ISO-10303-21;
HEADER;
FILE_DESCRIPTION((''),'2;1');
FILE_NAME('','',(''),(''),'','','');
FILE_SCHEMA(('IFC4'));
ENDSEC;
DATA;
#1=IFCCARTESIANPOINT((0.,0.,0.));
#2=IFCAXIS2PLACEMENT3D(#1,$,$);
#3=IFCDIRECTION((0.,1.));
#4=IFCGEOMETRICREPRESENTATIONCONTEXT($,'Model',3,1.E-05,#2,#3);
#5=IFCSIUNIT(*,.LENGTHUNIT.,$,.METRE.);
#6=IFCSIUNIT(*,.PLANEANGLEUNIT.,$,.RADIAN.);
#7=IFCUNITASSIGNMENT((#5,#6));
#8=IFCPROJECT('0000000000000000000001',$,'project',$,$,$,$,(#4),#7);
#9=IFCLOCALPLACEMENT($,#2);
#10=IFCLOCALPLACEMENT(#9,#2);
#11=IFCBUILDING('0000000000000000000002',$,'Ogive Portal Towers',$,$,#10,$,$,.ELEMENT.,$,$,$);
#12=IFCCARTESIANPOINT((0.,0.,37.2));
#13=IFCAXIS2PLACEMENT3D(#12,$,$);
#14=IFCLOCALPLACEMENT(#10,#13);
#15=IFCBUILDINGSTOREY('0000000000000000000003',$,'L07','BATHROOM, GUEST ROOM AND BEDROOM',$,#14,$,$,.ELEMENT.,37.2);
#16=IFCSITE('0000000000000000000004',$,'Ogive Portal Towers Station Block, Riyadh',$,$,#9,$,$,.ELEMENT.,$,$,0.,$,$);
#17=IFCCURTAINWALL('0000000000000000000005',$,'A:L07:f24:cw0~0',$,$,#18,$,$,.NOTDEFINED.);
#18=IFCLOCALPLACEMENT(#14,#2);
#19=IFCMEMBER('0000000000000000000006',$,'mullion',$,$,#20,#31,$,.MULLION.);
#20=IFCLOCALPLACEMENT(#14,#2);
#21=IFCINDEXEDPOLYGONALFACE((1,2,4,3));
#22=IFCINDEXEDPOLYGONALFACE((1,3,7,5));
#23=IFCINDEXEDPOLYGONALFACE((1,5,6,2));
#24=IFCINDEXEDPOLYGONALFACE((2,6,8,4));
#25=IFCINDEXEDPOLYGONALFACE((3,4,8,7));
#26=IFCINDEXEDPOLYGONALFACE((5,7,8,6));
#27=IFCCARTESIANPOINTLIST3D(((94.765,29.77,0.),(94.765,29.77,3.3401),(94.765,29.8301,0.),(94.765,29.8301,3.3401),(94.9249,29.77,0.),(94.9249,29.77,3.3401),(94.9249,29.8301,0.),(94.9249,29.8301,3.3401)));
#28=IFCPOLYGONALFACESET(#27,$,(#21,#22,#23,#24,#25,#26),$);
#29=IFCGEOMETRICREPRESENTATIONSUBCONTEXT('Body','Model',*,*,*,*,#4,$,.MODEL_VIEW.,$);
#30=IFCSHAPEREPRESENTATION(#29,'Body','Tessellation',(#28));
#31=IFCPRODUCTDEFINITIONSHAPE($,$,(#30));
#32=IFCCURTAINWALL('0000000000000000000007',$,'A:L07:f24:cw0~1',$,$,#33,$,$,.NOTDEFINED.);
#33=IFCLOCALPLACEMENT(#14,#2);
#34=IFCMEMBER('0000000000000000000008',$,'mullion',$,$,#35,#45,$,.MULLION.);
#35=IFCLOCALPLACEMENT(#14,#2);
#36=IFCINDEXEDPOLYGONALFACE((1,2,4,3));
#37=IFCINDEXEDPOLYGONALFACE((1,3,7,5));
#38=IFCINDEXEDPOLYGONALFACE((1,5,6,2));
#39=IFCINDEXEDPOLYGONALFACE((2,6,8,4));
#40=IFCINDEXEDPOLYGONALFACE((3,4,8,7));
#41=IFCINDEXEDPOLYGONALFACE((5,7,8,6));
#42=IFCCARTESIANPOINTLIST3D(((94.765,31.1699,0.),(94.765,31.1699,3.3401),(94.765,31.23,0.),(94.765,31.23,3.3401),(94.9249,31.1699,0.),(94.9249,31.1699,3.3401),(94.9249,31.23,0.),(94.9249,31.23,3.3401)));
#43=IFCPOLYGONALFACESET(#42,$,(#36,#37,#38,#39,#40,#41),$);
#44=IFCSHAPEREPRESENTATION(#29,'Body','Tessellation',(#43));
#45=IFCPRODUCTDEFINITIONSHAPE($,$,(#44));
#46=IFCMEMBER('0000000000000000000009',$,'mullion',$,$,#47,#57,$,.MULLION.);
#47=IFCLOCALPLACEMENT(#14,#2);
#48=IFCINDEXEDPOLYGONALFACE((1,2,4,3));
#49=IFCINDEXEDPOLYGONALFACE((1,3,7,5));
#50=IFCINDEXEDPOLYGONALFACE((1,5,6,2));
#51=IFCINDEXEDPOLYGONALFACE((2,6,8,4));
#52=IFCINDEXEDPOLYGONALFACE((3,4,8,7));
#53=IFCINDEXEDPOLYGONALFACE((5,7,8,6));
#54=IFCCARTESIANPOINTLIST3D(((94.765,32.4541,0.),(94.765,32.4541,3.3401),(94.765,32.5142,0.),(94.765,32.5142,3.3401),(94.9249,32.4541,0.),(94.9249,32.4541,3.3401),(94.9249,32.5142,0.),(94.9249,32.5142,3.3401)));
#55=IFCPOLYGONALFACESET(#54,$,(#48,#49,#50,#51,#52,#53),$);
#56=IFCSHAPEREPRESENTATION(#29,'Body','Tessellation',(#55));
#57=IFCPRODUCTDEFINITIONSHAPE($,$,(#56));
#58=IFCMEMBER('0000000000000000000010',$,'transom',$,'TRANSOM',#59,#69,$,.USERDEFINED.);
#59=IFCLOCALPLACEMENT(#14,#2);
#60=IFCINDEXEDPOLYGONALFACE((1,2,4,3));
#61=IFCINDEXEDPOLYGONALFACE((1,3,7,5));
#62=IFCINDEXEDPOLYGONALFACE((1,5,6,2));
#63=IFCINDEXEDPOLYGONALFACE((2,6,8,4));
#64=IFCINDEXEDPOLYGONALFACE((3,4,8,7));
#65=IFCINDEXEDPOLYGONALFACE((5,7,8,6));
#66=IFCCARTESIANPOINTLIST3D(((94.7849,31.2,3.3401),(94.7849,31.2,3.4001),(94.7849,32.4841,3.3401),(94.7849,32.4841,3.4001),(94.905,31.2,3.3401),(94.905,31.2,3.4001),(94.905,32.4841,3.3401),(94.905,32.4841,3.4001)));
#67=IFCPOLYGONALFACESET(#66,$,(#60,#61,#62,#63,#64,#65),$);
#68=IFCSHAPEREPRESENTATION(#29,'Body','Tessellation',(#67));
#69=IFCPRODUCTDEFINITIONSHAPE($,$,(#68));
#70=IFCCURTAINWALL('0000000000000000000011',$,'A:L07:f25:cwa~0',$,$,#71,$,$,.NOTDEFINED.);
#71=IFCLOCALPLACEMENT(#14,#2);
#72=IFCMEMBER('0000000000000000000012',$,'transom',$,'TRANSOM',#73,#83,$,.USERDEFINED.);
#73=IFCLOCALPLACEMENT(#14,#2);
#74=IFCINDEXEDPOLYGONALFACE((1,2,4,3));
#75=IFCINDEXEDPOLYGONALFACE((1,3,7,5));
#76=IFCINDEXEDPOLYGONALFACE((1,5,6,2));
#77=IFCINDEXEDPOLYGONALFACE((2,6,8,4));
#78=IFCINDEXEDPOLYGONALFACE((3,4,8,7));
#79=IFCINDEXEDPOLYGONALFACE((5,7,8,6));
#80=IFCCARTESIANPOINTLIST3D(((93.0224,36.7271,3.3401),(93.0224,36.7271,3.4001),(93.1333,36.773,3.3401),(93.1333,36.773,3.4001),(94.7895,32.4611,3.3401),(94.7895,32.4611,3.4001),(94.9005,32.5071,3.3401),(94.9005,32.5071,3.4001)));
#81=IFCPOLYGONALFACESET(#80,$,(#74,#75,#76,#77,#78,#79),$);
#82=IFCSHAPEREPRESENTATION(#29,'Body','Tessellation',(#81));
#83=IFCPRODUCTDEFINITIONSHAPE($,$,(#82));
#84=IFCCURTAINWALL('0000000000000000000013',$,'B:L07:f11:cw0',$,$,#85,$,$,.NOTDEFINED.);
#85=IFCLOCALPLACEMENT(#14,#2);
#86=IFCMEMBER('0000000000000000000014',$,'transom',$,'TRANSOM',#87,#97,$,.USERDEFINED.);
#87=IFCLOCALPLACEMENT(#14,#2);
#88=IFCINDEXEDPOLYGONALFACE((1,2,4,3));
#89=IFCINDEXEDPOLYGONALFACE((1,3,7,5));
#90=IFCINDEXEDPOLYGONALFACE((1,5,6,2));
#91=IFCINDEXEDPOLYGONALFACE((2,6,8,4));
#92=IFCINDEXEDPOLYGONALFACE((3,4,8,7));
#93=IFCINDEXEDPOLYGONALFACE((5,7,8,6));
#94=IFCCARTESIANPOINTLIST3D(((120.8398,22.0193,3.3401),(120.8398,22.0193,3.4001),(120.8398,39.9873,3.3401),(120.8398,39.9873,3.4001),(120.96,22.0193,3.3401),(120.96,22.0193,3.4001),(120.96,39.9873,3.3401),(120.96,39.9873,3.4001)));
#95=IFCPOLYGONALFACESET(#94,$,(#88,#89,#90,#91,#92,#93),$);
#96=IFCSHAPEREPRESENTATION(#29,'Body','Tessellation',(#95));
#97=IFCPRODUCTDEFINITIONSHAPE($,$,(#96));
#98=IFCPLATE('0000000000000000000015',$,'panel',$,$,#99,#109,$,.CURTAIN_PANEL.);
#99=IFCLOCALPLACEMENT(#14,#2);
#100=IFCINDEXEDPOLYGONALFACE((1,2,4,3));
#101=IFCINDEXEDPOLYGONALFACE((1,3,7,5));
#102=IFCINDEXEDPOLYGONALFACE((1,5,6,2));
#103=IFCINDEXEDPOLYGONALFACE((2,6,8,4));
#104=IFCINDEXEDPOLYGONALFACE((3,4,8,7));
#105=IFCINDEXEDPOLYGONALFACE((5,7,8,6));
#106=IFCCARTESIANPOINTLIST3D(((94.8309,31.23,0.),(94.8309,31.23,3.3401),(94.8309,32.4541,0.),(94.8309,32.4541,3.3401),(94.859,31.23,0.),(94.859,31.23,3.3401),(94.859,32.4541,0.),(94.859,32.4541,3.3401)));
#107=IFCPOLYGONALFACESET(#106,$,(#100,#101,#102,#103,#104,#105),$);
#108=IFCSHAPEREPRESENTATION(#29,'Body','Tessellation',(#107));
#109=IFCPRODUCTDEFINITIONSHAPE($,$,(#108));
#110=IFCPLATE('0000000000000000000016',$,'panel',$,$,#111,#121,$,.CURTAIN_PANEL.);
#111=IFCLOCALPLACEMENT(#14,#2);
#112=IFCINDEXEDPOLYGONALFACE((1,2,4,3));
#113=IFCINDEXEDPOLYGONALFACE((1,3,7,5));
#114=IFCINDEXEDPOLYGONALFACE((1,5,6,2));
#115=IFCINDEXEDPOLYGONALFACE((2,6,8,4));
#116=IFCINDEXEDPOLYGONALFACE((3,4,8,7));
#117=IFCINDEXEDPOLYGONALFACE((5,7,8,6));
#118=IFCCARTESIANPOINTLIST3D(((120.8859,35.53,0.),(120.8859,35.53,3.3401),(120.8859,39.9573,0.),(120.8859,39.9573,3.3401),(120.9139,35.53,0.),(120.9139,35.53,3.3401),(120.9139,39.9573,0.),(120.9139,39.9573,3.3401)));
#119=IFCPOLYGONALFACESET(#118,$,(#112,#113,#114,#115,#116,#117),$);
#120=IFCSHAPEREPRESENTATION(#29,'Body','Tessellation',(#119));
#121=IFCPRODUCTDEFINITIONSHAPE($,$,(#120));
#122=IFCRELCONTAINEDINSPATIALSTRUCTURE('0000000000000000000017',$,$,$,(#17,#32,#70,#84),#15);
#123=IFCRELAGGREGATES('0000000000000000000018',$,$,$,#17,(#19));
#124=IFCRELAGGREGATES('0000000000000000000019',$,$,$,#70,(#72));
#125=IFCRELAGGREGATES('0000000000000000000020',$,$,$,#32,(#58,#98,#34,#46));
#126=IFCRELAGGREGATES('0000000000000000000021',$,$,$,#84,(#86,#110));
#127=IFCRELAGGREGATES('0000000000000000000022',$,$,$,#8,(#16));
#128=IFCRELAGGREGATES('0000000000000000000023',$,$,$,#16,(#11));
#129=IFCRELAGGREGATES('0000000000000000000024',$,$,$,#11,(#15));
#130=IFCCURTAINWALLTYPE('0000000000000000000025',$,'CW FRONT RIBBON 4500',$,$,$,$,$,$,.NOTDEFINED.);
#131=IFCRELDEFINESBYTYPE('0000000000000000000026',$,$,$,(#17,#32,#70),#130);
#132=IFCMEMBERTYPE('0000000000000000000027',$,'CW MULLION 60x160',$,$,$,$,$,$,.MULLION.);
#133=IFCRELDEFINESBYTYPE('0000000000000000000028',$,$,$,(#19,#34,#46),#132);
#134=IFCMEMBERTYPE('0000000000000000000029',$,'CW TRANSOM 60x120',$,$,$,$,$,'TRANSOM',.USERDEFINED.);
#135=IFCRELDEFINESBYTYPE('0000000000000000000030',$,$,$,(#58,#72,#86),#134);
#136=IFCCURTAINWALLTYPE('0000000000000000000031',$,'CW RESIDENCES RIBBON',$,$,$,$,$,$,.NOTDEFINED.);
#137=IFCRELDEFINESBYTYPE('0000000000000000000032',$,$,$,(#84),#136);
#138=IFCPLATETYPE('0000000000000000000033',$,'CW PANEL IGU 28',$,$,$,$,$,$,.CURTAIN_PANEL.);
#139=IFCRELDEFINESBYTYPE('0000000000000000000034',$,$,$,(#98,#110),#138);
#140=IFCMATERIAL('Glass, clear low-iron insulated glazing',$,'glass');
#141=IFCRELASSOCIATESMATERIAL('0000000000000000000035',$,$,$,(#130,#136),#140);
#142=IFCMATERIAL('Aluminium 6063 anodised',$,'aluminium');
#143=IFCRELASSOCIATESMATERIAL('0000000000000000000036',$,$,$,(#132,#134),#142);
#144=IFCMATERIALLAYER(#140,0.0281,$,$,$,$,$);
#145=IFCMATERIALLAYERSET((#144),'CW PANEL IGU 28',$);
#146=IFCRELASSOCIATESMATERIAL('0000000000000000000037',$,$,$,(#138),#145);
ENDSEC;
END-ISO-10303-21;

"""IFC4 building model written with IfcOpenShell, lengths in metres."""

from ifc_helpers import new_model, si_unit, direction, frame, origin, origin_2d, place, context, subcontext, project, spatial, rectangle, extrude, material, layer, layer_set, material_profile, profile_set, type_object, element, aggregate, save


model = new_model("IFC4")

# Units and contexts
model_context = context("Model", 3, precision=1e-05, world=origin(), true_north=direction((0.0, 1.0)))
body_context = subcontext(model_context, "Body", "Model", "MODEL_VIEW")
ifc_project = project(units=[si_unit("LENGTHUNIT", "METRE"), si_unit("PLANEANGLEUNIT", "RADIAN")], contexts=[model_context])

# Site, building, storey
site_placement = place(None, origin())
site = spatial("IfcSite", under=ifc_project, at=site_placement, Name="Ogive Portal Towers Station Block, Riyadh", CompositionType="ELEMENT", RefElevation=0.0)
building_placement = place(site_placement, origin())
building = spatial("IfcBuilding", under=site, at=building_placement, Name="Ogive Portal Towers", CompositionType="ELEMENT")
storey_placement = place(building_placement, frame((0.0, 0.0, 37.2)))
storey = spatial("IfcBuildingStorey", under=building, at=storey_placement, Name="L07", Description="BATHROOM, GUEST ROOM AND BEDROOM", CompositionType="ELEMENT", Elevation=37.2)

# Curtain wall, member
ifc_material_1 = material(Name="Glass, clear low-iron insulated glazing", Category="glass")
curtain_wall_type_1 = type_object("IfcCurtainWallType", Name="CW FRONT RIBBON 4500", PredefinedType="NOTDEFINED", material=ifc_material_1)
curtain_wall_1_placement = place(storey_placement, origin())
curtain_wall_1 = element("IfcCurtainWall", 1, at=curtain_wall_1_placement, inside=storey, type_object=curtain_wall_type_1, Name="A:L07:f24:cw0~0", PredefinedType="NOTDEFINED")
ifc_material_2 = material(Name="Aluminium 6063 anodised", Category="aluminium")
ifc_material_profile_1 = material_profile(ifc_material_2, rectangle(XDim=0.1599, YDim=0.0601, at=origin_2d()), Name="AL 60x160")
ifc_profile_set_1 = profile_set([ifc_material_profile_1], Name="Aluminium 6063 anodised")
member_type_1 = type_object("IfcMemberType", Name="CW MULLION 60x160", PredefinedType="MULLION", material=ifc_profile_set_1)
member_1_placement = place(storey_placement, frame((94.845, 29.8, 0.0), z_axis=(0.0, 0.0, 1.0), x_axis=(-1.0, 0.0, 0.0)))
member_1 = element("IfcMember", 2, at=member_1_placement, type_object=member_type_1, Name="mullion", PredefinedType="MULLION", context=body_context, shape_type="SweptSolid", body=[
    extrude(rectangle(XDim=0.1599, YDim=0.0601, at=origin_2d()), origin(), (0.0, 0.0, 1.0), 3.3401),
])
aggregate(curtain_wall_1, [member_1])

# Curtain wall, members
curtain_wall_2_placement = place(storey_placement, origin())
curtain_wall_2 = element("IfcCurtainWall", 3, at=curtain_wall_2_placement, inside=storey, type_object=curtain_wall_type_1, Name="A:L07:f24:cw0~1", PredefinedType="NOTDEFINED")
member_2_placement = place(storey_placement, frame((94.845, 31.2, 0.0), z_axis=(0.0, 0.0, 1.0), x_axis=(-1.0, 0.0, 0.0)))
member_2 = element("IfcMember", 4, at=member_2_placement, type_object=member_type_1, Name="mullion", PredefinedType="MULLION", context=body_context, shape_type="SweptSolid", body=[
    extrude(rectangle(XDim=0.1599, YDim=0.0601, at=origin_2d()), origin(), (0.0, 0.0, 1.0), 3.3401),
])
member_3_placement = place(storey_placement, frame((94.845, 32.4841, 0.0), z_axis=(0.0, 0.0, 1.0), x_axis=(-1.0, 0.0, 0.0)))
member_3 = element("IfcMember", 5, at=member_3_placement, type_object=member_type_1, Name="mullion", PredefinedType="MULLION", context=body_context, shape_type="SweptSolid", body=[
    extrude(rectangle(XDim=0.1599, YDim=0.0601, at=origin_2d()), origin(), (0.0, 0.0, 1.0), 3.3401),
])
ifc_material_profile_2 = material_profile(ifc_material_2, rectangle(XDim=0.1201, YDim=0.0601, at=origin_2d()), Name="AL 120x60")
ifc_profile_set_2 = profile_set([ifc_material_profile_2], Name="Aluminium 6063 anodised")
member_type_2 = type_object("IfcMemberType", Name="CW TRANSOM 60x120", ElementType="TRANSOM", PredefinedType="USERDEFINED", material=ifc_profile_set_2)
member_4_placement = place(storey_placement, frame((94.845, 31.2, 3.3701), z_axis=(0.0, 1.0, 0.0), x_axis=(-1.0, 0.0, 0.0)))
member_4 = element("IfcMember", 6, at=member_4_placement, type_object=member_type_2, Name="transom", ObjectType="TRANSOM", PredefinedType="USERDEFINED", context=body_context, shape_type="SweptSolid", body=[
    extrude(rectangle(XDim=0.1201, YDim=0.0601, at=origin_2d()), origin(), (0.0, 0.0, 1.0), 1.2842),
])

# Curtain walls, members
curtain_wall_3_placement = place(storey_placement, origin())
curtain_wall_3 = element("IfcCurtainWall", 7, at=curtain_wall_3_placement, inside=storey, type_object=curtain_wall_type_1, Name="A:L07:f25:cwa~0", PredefinedType="NOTDEFINED")
member_5_placement = place(storey_placement, frame((94.845, 32.4841, 3.3701), z_axis=(-0.382704, 0.923871, 0.0), x_axis=(-0.923871, -0.382704, 0.0)))
member_5 = element("IfcMember", 8, at=member_5_placement, type_object=member_type_2, Name="transom", ObjectType="TRANSOM", PredefinedType="USERDEFINED", context=body_context, shape_type="SweptSolid", body=[
    extrude(rectangle(XDim=0.1201, YDim=0.0601, at=origin_2d()), origin(), (0.0, 0.0, 1.0), 4.6174),
])
aggregate(curtain_wall_3, [member_5])
curtain_wall_type_2 = type_object("IfcCurtainWallType", Name="CW RESIDENCES RIBBON", PredefinedType="NOTDEFINED", material=ifc_material_1)
curtain_wall_4_placement = place(storey_placement, origin())
curtain_wall_4 = element("IfcCurtainWall", 9, at=curtain_wall_4_placement, inside=storey, type_object=curtain_wall_type_2, Name="B:L07:f11:cw0", PredefinedType="NOTDEFINED")
member_6_placement = place(storey_placement, frame((120.8999, 39.9873, 3.3701), z_axis=(0.0, -1.0, 0.0), x_axis=(1.0, 0.0, 0.0)))
member_6 = element("IfcMember", 10, at=member_6_placement, type_object=member_type_2, Name="transom", ObjectType="TRANSOM", PredefinedType="USERDEFINED", context=body_context, shape_type="SweptSolid", body=[
    extrude(rectangle(XDim=0.1201, YDim=0.0601, at=origin_2d()), origin(), (0.0, 0.0, 1.0), 17.968),
])

# Plates
ifc_layer_1 = layer(ifc_material_1, 0.0281)
ifc_layer_set_1 = layer_set([ifc_layer_1], Name="CW PANEL IGU 28")
plate_type = type_object("IfcPlateType", Name="CW PANEL IGU 28", PredefinedType="CURTAIN_PANEL", material=ifc_layer_set_1)
plate_1_placement = place(storey_placement, frame((94.845, 31.842, 0.0), z_axis=(0.0, 0.0, 1.0), x_axis=(0.0, 1.0, 0.0)))
plate_1 = element("IfcPlate", 11, at=plate_1_placement, type_object=plate_type, Name="panel", PredefinedType="CURTAIN_PANEL", context=body_context, shape_type="SweptSolid", body=[
    extrude(rectangle(XDim=1.2241, YDim=0.0281, at=origin_2d()), origin(), (0.0, 0.0, 1.0), 3.3401),
])
aggregate(curtain_wall_2, [member_4, plate_1, member_2, member_3])
plate_2_placement = place(storey_placement, frame((120.8999, 37.7437, 0.0), z_axis=(0.0, 0.0, 1.0), x_axis=(0.0, -1.0, 0.0)))
plate_2 = element("IfcPlate", 12, at=plate_2_placement, type_object=plate_type, Name="panel", PredefinedType="CURTAIN_PANEL", context=body_context, shape_type="SweptSolid", body=[
    extrude(rectangle(XDim=4.4272, YDim=0.0281, at=origin_2d()), origin(), (0.0, 0.0, 1.0), 3.3401),
])
aggregate(curtain_wall_4, [member_6, plate_2])

save(model, "model.ifc")
